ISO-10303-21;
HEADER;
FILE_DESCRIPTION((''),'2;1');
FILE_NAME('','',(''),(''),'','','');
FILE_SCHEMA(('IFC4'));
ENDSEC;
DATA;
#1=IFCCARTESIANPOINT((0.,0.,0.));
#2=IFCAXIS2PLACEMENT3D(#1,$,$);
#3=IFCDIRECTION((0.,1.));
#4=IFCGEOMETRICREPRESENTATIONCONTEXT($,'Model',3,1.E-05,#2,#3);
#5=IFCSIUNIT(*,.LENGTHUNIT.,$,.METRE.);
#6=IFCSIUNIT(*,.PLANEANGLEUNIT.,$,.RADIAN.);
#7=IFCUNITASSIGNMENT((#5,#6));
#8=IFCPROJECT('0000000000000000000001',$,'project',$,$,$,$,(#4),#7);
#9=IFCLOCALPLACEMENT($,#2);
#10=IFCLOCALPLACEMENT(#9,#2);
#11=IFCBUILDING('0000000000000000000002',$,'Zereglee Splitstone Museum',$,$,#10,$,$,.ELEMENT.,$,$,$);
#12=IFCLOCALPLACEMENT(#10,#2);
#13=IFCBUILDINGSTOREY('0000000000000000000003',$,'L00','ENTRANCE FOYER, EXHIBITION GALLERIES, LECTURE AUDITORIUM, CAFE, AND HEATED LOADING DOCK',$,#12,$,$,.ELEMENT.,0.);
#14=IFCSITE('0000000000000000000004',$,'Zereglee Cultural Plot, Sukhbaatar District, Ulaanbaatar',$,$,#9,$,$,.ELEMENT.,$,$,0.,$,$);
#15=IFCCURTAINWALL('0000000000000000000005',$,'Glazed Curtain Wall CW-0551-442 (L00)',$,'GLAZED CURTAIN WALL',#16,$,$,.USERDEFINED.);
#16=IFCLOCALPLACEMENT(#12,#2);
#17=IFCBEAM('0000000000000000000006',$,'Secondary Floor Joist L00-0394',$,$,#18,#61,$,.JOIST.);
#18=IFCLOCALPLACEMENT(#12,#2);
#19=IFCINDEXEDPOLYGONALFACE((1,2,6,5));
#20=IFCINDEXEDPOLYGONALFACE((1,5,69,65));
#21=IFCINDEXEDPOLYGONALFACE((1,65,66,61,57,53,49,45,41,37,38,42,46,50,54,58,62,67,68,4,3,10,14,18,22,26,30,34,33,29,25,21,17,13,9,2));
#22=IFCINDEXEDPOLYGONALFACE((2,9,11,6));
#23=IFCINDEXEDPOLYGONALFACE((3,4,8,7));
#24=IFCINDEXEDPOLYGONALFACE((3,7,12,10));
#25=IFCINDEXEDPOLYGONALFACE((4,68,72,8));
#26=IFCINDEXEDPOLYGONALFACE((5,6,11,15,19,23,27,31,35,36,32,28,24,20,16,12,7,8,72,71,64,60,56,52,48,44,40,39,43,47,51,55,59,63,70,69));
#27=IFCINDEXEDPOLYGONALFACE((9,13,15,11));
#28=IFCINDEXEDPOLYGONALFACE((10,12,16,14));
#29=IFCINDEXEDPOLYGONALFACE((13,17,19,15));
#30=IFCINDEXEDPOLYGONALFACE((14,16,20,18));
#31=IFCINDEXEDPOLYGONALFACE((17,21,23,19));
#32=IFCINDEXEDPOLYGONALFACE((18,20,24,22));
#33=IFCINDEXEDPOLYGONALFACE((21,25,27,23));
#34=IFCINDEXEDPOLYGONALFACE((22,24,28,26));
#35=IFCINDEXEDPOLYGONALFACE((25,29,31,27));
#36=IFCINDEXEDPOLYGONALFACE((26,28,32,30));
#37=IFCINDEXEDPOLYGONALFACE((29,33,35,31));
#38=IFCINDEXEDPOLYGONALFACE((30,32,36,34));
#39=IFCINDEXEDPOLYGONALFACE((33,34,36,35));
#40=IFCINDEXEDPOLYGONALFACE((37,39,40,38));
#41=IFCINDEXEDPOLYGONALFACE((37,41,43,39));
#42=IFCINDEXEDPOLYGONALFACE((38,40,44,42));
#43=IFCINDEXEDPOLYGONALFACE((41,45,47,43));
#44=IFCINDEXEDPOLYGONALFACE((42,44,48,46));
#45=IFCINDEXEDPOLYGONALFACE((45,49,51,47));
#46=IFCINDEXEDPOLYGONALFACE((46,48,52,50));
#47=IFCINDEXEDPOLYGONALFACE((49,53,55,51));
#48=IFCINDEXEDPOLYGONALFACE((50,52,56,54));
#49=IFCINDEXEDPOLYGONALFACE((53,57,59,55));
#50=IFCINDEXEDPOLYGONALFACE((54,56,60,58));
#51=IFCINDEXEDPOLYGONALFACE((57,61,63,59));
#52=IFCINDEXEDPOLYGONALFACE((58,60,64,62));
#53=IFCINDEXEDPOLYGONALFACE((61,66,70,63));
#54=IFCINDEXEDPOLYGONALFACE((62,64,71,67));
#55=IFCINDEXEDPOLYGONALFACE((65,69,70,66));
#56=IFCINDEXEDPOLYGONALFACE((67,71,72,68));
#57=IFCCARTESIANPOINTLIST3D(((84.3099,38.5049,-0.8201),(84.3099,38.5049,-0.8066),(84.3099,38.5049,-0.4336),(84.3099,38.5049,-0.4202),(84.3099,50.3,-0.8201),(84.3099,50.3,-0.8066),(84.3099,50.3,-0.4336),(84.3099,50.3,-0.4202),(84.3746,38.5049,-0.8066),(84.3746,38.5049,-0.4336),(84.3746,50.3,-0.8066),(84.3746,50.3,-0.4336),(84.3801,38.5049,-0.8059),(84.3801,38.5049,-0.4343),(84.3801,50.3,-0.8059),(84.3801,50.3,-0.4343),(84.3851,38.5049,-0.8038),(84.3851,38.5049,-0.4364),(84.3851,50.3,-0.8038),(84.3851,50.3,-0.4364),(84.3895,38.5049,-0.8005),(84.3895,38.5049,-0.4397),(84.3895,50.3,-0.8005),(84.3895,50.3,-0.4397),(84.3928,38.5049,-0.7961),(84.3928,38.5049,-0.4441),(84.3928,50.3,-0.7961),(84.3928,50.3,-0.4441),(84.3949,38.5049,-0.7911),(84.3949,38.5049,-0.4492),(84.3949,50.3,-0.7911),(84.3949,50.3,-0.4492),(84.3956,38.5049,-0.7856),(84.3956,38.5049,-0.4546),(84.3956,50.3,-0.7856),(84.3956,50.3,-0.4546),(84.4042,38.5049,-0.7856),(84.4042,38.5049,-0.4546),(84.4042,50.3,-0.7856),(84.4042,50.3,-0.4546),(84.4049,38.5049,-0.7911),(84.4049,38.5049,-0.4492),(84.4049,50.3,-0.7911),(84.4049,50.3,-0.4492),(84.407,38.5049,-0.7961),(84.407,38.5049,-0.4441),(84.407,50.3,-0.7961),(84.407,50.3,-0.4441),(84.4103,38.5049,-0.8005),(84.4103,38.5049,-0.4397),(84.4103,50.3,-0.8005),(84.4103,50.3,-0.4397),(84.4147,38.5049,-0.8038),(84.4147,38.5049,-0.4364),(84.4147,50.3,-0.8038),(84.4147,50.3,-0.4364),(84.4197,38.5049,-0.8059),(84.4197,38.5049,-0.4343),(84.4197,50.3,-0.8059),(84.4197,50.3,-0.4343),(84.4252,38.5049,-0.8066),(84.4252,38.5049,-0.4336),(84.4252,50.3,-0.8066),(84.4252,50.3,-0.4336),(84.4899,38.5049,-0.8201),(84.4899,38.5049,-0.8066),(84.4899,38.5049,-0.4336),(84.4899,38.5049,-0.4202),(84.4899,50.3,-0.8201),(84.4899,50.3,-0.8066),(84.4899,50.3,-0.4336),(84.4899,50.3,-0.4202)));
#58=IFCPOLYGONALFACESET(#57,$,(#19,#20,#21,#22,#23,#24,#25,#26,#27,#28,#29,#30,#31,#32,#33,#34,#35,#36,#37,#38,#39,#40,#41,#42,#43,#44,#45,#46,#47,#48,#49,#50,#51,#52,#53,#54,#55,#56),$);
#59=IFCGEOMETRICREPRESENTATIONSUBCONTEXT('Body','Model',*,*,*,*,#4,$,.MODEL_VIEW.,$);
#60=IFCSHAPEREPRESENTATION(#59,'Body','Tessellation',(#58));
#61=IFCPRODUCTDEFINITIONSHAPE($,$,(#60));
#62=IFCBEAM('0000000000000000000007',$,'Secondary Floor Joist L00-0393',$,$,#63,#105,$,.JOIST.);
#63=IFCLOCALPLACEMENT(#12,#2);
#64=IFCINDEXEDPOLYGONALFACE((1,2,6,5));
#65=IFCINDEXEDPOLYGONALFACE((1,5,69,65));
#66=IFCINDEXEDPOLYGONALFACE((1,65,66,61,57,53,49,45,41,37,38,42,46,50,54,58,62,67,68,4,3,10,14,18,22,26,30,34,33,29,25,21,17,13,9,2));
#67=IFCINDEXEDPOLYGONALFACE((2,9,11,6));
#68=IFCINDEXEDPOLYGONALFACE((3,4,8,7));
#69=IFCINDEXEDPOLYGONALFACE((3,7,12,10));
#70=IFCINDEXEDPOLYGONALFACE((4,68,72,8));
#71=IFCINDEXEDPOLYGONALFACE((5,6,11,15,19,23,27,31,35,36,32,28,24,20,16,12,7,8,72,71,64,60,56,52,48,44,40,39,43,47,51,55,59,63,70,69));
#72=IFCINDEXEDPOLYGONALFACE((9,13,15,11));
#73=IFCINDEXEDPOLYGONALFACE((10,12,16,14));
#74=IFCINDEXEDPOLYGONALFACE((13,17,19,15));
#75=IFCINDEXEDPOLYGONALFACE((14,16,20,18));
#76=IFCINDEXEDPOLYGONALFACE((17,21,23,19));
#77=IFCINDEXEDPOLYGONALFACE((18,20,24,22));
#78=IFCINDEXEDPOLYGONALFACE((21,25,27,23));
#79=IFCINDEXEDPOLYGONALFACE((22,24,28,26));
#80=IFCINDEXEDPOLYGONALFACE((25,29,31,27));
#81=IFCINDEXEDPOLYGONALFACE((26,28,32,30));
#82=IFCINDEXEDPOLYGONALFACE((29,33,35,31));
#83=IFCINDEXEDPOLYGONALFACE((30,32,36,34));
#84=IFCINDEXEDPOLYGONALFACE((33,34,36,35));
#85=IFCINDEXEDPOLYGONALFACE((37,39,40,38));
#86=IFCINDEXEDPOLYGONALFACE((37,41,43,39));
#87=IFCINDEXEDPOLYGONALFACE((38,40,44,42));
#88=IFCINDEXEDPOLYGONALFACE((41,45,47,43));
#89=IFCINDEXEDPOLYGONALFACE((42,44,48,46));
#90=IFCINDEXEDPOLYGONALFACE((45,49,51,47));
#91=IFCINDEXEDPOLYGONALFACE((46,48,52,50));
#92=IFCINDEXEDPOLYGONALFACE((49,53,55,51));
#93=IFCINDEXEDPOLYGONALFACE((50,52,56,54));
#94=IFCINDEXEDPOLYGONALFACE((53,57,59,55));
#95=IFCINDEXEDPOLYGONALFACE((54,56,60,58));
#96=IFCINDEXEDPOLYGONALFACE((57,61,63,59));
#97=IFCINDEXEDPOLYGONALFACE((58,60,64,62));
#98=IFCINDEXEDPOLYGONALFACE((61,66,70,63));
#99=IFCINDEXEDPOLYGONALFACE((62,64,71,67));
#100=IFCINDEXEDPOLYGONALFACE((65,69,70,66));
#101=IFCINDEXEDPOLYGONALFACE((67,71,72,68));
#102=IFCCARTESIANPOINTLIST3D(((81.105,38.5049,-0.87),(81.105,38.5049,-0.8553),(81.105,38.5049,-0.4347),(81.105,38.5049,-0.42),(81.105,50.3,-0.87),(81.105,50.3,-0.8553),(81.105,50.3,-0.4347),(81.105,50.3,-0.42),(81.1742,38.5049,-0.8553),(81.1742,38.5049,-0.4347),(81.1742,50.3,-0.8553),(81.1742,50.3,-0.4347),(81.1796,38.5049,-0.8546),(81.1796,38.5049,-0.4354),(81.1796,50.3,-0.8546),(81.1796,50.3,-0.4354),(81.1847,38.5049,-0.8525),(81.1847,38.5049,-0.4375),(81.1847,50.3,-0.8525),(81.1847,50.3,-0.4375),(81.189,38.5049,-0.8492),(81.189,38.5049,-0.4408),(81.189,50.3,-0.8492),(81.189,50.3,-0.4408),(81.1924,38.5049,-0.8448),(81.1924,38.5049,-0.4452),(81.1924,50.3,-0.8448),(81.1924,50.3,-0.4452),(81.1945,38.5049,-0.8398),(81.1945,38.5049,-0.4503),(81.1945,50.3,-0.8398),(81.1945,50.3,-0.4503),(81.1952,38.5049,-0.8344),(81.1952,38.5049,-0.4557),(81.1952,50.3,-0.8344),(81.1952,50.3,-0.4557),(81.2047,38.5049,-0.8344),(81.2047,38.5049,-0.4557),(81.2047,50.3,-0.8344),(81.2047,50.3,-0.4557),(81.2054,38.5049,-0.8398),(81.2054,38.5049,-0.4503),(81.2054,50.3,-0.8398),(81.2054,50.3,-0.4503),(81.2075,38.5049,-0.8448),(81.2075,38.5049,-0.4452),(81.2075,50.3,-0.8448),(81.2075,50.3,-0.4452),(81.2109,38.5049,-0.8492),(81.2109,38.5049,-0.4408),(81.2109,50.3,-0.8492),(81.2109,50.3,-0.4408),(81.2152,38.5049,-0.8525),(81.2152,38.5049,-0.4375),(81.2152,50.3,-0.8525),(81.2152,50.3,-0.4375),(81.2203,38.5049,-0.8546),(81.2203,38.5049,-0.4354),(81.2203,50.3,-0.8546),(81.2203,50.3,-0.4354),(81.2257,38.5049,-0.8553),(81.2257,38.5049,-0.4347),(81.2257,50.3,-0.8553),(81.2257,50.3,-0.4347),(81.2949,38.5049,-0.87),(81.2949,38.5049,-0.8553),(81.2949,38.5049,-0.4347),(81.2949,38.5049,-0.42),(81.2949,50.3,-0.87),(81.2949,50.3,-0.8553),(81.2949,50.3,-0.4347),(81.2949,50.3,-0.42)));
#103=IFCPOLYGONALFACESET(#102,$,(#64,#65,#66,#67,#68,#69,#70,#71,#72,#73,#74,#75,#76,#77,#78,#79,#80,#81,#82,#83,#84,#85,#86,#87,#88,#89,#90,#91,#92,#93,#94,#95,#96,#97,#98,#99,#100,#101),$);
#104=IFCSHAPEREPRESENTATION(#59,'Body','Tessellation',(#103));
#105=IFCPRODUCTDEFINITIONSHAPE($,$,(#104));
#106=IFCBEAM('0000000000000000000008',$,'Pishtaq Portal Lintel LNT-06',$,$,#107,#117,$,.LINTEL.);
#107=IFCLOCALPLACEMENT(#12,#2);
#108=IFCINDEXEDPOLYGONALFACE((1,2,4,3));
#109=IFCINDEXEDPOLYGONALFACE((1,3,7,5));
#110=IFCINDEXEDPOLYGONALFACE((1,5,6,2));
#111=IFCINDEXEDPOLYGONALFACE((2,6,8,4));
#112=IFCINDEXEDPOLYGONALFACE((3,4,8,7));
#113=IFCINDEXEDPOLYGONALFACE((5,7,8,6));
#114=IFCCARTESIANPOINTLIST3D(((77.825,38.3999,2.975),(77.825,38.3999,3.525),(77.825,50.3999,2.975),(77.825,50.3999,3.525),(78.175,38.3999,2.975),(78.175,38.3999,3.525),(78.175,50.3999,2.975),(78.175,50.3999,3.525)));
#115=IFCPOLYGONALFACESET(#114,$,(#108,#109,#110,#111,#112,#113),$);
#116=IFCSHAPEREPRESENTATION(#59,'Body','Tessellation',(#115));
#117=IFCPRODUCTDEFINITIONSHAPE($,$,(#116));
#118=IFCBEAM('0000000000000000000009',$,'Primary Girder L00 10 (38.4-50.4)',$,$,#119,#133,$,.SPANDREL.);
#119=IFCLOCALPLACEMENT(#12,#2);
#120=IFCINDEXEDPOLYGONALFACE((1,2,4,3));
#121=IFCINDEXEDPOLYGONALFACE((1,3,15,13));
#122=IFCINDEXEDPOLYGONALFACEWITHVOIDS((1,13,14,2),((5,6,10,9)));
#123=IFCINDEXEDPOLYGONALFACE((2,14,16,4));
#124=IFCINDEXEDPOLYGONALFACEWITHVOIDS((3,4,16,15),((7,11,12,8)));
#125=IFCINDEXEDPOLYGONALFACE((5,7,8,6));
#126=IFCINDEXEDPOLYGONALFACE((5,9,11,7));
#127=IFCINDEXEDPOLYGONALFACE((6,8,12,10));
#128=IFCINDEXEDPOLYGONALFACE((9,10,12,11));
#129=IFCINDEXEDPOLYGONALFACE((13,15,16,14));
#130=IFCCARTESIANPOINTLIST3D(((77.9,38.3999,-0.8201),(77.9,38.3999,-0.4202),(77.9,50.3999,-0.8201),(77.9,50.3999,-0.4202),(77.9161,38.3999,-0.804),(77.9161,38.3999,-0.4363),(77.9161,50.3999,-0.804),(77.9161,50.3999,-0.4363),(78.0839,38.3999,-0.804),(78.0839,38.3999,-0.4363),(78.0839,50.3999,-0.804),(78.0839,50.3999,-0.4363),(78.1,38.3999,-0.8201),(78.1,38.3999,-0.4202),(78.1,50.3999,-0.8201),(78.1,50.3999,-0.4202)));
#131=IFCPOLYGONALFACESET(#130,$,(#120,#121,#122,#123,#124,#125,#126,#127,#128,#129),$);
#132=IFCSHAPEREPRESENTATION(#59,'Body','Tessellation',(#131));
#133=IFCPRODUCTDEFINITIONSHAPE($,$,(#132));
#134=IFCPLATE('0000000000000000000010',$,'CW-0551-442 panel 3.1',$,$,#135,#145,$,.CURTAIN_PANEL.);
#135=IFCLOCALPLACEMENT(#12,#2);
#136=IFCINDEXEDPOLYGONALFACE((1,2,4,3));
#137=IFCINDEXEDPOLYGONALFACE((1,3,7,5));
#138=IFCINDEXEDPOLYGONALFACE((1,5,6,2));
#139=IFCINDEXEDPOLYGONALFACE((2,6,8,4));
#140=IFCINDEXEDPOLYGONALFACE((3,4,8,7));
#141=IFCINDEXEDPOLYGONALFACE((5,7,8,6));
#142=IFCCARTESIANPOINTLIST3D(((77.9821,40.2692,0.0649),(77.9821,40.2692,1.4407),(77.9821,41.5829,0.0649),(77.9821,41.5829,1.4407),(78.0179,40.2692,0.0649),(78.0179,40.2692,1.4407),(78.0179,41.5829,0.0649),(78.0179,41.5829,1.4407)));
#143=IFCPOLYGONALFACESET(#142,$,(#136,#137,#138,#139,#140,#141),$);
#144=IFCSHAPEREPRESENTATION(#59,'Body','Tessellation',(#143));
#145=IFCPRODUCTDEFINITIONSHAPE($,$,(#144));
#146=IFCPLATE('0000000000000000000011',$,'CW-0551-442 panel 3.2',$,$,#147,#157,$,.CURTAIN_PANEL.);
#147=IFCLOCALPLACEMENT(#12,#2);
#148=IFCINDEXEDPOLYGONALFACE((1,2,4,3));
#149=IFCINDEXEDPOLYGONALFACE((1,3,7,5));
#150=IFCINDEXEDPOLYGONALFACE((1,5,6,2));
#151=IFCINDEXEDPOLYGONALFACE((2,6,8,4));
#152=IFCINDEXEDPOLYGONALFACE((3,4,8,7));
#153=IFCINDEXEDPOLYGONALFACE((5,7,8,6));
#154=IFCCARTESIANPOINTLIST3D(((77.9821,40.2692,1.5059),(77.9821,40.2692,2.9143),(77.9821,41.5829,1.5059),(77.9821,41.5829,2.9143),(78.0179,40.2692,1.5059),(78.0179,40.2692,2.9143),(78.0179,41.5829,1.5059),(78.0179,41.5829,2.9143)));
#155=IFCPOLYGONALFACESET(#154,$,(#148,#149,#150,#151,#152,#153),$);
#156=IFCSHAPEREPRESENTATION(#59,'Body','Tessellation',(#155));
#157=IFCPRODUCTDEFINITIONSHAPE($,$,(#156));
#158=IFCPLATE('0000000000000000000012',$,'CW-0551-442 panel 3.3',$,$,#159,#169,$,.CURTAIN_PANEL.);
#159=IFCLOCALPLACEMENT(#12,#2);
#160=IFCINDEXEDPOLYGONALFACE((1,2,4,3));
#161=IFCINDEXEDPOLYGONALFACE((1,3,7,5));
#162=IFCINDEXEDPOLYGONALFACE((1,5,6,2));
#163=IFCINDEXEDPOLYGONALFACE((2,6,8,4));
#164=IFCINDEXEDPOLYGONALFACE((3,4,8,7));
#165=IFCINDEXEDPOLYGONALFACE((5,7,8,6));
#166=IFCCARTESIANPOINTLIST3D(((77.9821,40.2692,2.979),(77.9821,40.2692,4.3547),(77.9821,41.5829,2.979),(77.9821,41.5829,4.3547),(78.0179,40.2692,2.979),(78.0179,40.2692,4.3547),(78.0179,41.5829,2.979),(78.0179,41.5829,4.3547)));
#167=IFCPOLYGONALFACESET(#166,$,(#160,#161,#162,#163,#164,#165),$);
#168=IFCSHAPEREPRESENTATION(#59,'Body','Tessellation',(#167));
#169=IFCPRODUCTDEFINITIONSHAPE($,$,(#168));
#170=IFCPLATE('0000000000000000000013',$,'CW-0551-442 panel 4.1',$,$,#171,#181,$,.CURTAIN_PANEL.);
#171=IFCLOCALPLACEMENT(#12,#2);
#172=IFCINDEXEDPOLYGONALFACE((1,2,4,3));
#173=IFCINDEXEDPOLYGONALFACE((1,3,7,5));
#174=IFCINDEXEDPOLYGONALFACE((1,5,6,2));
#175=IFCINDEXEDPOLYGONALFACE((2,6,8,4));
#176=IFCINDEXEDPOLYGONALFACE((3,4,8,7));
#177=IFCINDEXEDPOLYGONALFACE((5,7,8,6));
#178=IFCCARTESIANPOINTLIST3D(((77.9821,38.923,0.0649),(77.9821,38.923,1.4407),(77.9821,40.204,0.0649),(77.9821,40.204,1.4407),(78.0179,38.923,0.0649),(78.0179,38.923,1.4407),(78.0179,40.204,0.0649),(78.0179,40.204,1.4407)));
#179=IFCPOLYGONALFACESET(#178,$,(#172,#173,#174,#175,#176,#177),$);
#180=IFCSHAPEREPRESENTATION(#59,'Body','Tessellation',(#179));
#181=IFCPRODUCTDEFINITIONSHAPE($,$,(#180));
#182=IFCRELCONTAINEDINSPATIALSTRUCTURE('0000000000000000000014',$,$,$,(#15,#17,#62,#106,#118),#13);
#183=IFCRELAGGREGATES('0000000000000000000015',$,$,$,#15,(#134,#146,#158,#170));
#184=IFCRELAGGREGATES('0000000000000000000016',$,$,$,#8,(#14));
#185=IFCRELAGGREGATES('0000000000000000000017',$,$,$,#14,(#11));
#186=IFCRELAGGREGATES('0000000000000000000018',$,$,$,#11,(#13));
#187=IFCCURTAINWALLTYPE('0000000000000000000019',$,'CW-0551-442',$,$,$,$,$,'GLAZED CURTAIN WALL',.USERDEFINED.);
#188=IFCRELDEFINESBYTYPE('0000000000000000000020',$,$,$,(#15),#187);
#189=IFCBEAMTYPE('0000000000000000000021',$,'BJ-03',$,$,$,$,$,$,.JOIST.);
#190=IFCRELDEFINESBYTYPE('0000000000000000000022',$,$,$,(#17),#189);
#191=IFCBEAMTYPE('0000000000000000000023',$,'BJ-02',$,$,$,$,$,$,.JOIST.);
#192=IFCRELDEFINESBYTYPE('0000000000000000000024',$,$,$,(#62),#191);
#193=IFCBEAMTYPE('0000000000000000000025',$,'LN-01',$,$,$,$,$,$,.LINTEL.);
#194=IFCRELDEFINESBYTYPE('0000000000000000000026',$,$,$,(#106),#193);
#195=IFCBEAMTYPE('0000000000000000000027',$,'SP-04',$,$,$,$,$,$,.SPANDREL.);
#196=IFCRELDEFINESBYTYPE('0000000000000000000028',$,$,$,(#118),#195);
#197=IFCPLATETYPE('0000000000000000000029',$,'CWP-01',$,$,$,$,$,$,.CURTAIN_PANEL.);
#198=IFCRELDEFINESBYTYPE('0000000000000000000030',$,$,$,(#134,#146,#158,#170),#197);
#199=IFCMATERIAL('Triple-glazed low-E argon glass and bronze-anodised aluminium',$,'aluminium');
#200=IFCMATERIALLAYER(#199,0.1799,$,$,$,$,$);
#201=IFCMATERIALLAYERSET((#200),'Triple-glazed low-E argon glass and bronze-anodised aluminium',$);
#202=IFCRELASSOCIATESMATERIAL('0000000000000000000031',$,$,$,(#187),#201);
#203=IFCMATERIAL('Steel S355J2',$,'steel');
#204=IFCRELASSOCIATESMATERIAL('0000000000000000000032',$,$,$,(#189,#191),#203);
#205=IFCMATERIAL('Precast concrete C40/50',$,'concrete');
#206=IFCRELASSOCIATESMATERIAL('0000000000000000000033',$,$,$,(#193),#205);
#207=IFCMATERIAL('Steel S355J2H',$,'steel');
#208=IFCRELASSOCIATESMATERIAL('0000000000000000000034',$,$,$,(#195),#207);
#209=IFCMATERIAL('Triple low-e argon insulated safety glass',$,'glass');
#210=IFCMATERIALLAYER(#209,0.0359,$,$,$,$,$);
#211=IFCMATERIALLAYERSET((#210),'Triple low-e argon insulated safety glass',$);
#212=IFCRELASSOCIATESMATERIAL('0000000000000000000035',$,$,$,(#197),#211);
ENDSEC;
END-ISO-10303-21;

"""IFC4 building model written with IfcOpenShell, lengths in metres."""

from ifc_helpers import new_model, si_unit, direction, frame, origin, origin_2d, place, context, subcontext, project, spatial, rectangle, hollow_rectangle, i_section, extrude, material, layer, layer_set, material_profile, profile_set, type_object, element, aggregate, save


model = new_model("IFC4")

# Units and contexts
model_context = context("Model", 3, precision=1e-05, world=origin(), true_north=direction((0.0, 1.0)))
body_context = subcontext(model_context, "Body", "Model", "MODEL_VIEW")
ifc_project = project(units=[si_unit("LENGTHUNIT", "METRE"), si_unit("PLANEANGLEUNIT", "RADIAN")], contexts=[model_context])

# Site, building, storey
site_placement = place(None, origin())
site = spatial("IfcSite", under=ifc_project, at=site_placement, Name="Zereglee Cultural Plot, Sukhbaatar District, Ulaanbaatar", CompositionType="ELEMENT", RefElevation=0.0)
building_placement = place(site_placement, origin())
building = spatial("IfcBuilding", under=site, at=building_placement, Name="Zereglee Splitstone Museum", CompositionType="ELEMENT")
storey_placement = place(building_placement, origin())
storey = spatial("IfcBuildingStorey", under=building, at=storey_placement, Name="L00", Description="ENTRANCE FOYER, EXHIBITION GALLERIES, LECTURE AUDITORIUM, CAFE, AND HEATED LOADING DOCK", CompositionType="ELEMENT", Elevation=0.0)

# Curtain wall
ifc_material_1 = material(Name="Triple-glazed low-E argon glass and bronze-anodised aluminium", Category="aluminium")
ifc_layer_1 = layer(ifc_material_1, 0.1799)
ifc_layer_set_1 = layer_set([ifc_layer_1], Name="Triple-glazed low-E argon glass and bronze-anodised aluminium")
curtain_wall_type = type_object("IfcCurtainWallType", Name="CW-0551-442", ElementType="GLAZED CURTAIN WALL", PredefinedType="USERDEFINED", material=ifc_layer_set_1)
curtain_wall_placement = place(storey_placement, origin())
curtain_wall = element("IfcCurtainWall", 1, at=curtain_wall_placement, inside=storey, type_object=curtain_wall_type, Name="Glazed Curtain Wall CW-0551-442 (L00)", ObjectType="GLAZED CURTAIN WALL", PredefinedType="USERDEFINED")

# Beams
ifc_material_2 = material(Name="Steel S355J2", Category="steel")
ifc_material_profile_1 = material_profile(ifc_material_2, i_section(OverallWidth=0.1799, OverallDepth=0.3999, WebThickness=0.0085, FlangeThickness=0.0134, FilletRadius=0.021, at=origin_2d()), Name="IPE 400")
ifc_profile_set_1 = profile_set([ifc_material_profile_1], Name="Steel S355J2")
beam_type_1 = type_object("IfcBeamType", Name="BJ-03", PredefinedType="JOIST", material=ifc_profile_set_1)
beam_1_placement = place(storey_placement, frame((84.3999, 38.5049, -0.6201), z_axis=(0.0, 1.0, 0.0), x_axis=(-1.0, 0.0, 0.0)))
element("IfcBeam", 2, at=beam_1_placement, inside=storey, type_object=beam_type_1, Name="Secondary Floor Joist L00-0394", PredefinedType="JOIST", context=body_context, shape_type="SweptSolid", body=[
    extrude(i_section(OverallWidth=0.1799, OverallDepth=0.3999, WebThickness=0.0085, FlangeThickness=0.0134, FilletRadius=0.021, at=origin_2d()), origin(), (0.0, 0.0, 1.0), 11.7952),
])
ifc_material_profile_2 = material_profile(ifc_material_2, i_section(OverallWidth=0.1899, OverallDepth=0.45, WebThickness=0.0095, FlangeThickness=0.0146, FilletRadius=0.021, at=origin_2d()), Name="IPE 450")
ifc_profile_set_2 = profile_set([ifc_material_profile_2], Name="Steel S355J2")
beam_type_2 = type_object("IfcBeamType", Name="BJ-02", PredefinedType="JOIST", material=ifc_profile_set_2)
beam_2_placement = place(storey_placement, frame((81.2, 38.5049, -0.645), z_axis=(0.0, 1.0, 0.0), x_axis=(-1.0, 0.0, 0.0)))
element("IfcBeam", 3, at=beam_2_placement, inside=storey, type_object=beam_type_2, Name="Secondary Floor Joist L00-0393", PredefinedType="JOIST", context=body_context, shape_type="SweptSolid", body=[
    extrude(i_section(OverallWidth=0.1899, OverallDepth=0.45, WebThickness=0.0095, FlangeThickness=0.0146, FilletRadius=0.021, at=origin_2d()), origin(), (0.0, 0.0, 1.0), 11.7952),
])
ifc_material_3 = material(Name="Precast concrete C40/50", Category="concrete")
ifc_material_profile_3 = material_profile(ifc_material_3, rectangle(XDim=0.3501, YDim=0.55, at=origin_2d()), Name="RC 350x550")
ifc_profile_set_3 = profile_set([ifc_material_profile_3], Name="Precast concrete C40/50")
beam_type_3 = type_object("IfcBeamType", Name="LN-01", PredefinedType="LINTEL", material=ifc_profile_set_3)
beam_3_placement = place(storey_placement, frame((78.0, 38.3999, 3.25), z_axis=(0.0, 1.0, 0.0), x_axis=(-1.0, 0.0, 0.0)))
element("IfcBeam", 4, at=beam_3_placement, inside=storey, type_object=beam_type_3, Name="Pishtaq Portal Lintel LNT-06", PredefinedType="LINTEL", context=body_context, shape_type="SweptSolid", body=[
    extrude(rectangle(XDim=0.3501, YDim=0.55, at=origin_2d()), origin(), (0.0, 0.0, 1.0), 12.0),
])
ifc_material_4 = material(Name="Steel S355J2H", Category="steel")
ifc_material_profile_4 = material_profile(ifc_material_4, hollow_rectangle(XDim=0.2, YDim=0.3999, WallThickness=0.0161, at=origin_2d()), Name="RHS 400x200x16")
ifc_profile_set_4 = profile_set([ifc_material_profile_4], Name="Steel S355J2H")
beam_type_4 = type_object("IfcBeamType", Name="SP-04", PredefinedType="SPANDREL", material=ifc_profile_set_4)
beam_4_placement = place(storey_placement, frame((78.0, 38.3999, -0.6201), z_axis=(0.0, 1.0, 0.0), x_axis=(-1.0, 0.0, 0.0)))
element("IfcBeam", 5, at=beam_4_placement, inside=storey, type_object=beam_type_4, Name="Primary Girder L00 10 (38.4-50.4)", PredefinedType="SPANDREL", context=body_context, shape_type="SweptSolid", body=[
    extrude(hollow_rectangle(XDim=0.2, YDim=0.3999, WallThickness=0.0161, at=origin_2d()), origin(), (0.0, 0.0, 1.0), 12.0),
])

# Plates
ifc_material_5 = material(Name="Triple low-e argon insulated safety glass", Category="glass")
ifc_layer_2 = layer(ifc_material_5, 0.0359)
ifc_layer_set_2 = layer_set([ifc_layer_2], Name="Triple low-e argon insulated safety glass")
plate_type = type_object("IfcPlateType", Name="CWP-01", PredefinedType="CURTAIN_PANEL", material=ifc_layer_set_2)
plate_1_placement = place(storey_placement, frame((78.0, 40.926, 0.0649), z_axis=(0.0, 0.0, 1.0), x_axis=(0.0, -1.0, 0.0)))
plate_1 = element("IfcPlate", 6, at=plate_1_placement, type_object=plate_type, Name="CW-0551-442 panel 3.1", PredefinedType="CURTAIN_PANEL", context=body_context, shape_type="SweptSolid", body=[
    extrude(rectangle(XDim=1.3137, YDim=0.0359, at=origin_2d()), origin(), (0.0, 0.0, 1.0), 1.3757),
])
plate_2_placement = place(storey_placement, frame((78.0, 40.926, 1.5059), z_axis=(0.0, 0.0, 1.0), x_axis=(0.0, -1.0, 0.0)))
plate_2 = element("IfcPlate", 7, at=plate_2_placement, type_object=plate_type, Name="CW-0551-442 panel 3.2", PredefinedType="CURTAIN_PANEL", context=body_context, shape_type="SweptSolid", body=[
    extrude(rectangle(XDim=1.3137, YDim=0.0359, at=origin_2d()), origin(), (0.0, 0.0, 1.0), 1.4084),
])
plate_3_placement = place(storey_placement, frame((78.0, 40.926, 2.979), z_axis=(0.0, 0.0, 1.0), x_axis=(0.0, -1.0, 0.0)))
plate_3 = element("IfcPlate", 8, at=plate_3_placement, type_object=plate_type, Name="CW-0551-442 panel 3.3", PredefinedType="CURTAIN_PANEL", context=body_context, shape_type="SweptSolid", body=[
    extrude(rectangle(XDim=1.3137, YDim=0.0359, at=origin_2d()), origin(), (0.0, 0.0, 1.0), 1.3757),
])
plate_4_placement = place(storey_placement, frame((78.0, 39.5635, 0.0649), z_axis=(0.0, 0.0, 1.0), x_axis=(0.0, -1.0, 0.0)))
plate_4 = element("IfcPlate", 9, at=plate_4_placement, type_object=plate_type, Name="CW-0551-442 panel 4.1", PredefinedType="CURTAIN_PANEL", context=body_context, shape_type="SweptSolid", body=[
    extrude(rectangle(XDim=1.281, YDim=0.0359, at=origin_2d()), origin(), (0.0, 0.0, 1.0), 1.3757),
])
aggregate(curtain_wall, [plate_1, plate_2, plate_3, plate_4])

save(model, "model.ifc")
